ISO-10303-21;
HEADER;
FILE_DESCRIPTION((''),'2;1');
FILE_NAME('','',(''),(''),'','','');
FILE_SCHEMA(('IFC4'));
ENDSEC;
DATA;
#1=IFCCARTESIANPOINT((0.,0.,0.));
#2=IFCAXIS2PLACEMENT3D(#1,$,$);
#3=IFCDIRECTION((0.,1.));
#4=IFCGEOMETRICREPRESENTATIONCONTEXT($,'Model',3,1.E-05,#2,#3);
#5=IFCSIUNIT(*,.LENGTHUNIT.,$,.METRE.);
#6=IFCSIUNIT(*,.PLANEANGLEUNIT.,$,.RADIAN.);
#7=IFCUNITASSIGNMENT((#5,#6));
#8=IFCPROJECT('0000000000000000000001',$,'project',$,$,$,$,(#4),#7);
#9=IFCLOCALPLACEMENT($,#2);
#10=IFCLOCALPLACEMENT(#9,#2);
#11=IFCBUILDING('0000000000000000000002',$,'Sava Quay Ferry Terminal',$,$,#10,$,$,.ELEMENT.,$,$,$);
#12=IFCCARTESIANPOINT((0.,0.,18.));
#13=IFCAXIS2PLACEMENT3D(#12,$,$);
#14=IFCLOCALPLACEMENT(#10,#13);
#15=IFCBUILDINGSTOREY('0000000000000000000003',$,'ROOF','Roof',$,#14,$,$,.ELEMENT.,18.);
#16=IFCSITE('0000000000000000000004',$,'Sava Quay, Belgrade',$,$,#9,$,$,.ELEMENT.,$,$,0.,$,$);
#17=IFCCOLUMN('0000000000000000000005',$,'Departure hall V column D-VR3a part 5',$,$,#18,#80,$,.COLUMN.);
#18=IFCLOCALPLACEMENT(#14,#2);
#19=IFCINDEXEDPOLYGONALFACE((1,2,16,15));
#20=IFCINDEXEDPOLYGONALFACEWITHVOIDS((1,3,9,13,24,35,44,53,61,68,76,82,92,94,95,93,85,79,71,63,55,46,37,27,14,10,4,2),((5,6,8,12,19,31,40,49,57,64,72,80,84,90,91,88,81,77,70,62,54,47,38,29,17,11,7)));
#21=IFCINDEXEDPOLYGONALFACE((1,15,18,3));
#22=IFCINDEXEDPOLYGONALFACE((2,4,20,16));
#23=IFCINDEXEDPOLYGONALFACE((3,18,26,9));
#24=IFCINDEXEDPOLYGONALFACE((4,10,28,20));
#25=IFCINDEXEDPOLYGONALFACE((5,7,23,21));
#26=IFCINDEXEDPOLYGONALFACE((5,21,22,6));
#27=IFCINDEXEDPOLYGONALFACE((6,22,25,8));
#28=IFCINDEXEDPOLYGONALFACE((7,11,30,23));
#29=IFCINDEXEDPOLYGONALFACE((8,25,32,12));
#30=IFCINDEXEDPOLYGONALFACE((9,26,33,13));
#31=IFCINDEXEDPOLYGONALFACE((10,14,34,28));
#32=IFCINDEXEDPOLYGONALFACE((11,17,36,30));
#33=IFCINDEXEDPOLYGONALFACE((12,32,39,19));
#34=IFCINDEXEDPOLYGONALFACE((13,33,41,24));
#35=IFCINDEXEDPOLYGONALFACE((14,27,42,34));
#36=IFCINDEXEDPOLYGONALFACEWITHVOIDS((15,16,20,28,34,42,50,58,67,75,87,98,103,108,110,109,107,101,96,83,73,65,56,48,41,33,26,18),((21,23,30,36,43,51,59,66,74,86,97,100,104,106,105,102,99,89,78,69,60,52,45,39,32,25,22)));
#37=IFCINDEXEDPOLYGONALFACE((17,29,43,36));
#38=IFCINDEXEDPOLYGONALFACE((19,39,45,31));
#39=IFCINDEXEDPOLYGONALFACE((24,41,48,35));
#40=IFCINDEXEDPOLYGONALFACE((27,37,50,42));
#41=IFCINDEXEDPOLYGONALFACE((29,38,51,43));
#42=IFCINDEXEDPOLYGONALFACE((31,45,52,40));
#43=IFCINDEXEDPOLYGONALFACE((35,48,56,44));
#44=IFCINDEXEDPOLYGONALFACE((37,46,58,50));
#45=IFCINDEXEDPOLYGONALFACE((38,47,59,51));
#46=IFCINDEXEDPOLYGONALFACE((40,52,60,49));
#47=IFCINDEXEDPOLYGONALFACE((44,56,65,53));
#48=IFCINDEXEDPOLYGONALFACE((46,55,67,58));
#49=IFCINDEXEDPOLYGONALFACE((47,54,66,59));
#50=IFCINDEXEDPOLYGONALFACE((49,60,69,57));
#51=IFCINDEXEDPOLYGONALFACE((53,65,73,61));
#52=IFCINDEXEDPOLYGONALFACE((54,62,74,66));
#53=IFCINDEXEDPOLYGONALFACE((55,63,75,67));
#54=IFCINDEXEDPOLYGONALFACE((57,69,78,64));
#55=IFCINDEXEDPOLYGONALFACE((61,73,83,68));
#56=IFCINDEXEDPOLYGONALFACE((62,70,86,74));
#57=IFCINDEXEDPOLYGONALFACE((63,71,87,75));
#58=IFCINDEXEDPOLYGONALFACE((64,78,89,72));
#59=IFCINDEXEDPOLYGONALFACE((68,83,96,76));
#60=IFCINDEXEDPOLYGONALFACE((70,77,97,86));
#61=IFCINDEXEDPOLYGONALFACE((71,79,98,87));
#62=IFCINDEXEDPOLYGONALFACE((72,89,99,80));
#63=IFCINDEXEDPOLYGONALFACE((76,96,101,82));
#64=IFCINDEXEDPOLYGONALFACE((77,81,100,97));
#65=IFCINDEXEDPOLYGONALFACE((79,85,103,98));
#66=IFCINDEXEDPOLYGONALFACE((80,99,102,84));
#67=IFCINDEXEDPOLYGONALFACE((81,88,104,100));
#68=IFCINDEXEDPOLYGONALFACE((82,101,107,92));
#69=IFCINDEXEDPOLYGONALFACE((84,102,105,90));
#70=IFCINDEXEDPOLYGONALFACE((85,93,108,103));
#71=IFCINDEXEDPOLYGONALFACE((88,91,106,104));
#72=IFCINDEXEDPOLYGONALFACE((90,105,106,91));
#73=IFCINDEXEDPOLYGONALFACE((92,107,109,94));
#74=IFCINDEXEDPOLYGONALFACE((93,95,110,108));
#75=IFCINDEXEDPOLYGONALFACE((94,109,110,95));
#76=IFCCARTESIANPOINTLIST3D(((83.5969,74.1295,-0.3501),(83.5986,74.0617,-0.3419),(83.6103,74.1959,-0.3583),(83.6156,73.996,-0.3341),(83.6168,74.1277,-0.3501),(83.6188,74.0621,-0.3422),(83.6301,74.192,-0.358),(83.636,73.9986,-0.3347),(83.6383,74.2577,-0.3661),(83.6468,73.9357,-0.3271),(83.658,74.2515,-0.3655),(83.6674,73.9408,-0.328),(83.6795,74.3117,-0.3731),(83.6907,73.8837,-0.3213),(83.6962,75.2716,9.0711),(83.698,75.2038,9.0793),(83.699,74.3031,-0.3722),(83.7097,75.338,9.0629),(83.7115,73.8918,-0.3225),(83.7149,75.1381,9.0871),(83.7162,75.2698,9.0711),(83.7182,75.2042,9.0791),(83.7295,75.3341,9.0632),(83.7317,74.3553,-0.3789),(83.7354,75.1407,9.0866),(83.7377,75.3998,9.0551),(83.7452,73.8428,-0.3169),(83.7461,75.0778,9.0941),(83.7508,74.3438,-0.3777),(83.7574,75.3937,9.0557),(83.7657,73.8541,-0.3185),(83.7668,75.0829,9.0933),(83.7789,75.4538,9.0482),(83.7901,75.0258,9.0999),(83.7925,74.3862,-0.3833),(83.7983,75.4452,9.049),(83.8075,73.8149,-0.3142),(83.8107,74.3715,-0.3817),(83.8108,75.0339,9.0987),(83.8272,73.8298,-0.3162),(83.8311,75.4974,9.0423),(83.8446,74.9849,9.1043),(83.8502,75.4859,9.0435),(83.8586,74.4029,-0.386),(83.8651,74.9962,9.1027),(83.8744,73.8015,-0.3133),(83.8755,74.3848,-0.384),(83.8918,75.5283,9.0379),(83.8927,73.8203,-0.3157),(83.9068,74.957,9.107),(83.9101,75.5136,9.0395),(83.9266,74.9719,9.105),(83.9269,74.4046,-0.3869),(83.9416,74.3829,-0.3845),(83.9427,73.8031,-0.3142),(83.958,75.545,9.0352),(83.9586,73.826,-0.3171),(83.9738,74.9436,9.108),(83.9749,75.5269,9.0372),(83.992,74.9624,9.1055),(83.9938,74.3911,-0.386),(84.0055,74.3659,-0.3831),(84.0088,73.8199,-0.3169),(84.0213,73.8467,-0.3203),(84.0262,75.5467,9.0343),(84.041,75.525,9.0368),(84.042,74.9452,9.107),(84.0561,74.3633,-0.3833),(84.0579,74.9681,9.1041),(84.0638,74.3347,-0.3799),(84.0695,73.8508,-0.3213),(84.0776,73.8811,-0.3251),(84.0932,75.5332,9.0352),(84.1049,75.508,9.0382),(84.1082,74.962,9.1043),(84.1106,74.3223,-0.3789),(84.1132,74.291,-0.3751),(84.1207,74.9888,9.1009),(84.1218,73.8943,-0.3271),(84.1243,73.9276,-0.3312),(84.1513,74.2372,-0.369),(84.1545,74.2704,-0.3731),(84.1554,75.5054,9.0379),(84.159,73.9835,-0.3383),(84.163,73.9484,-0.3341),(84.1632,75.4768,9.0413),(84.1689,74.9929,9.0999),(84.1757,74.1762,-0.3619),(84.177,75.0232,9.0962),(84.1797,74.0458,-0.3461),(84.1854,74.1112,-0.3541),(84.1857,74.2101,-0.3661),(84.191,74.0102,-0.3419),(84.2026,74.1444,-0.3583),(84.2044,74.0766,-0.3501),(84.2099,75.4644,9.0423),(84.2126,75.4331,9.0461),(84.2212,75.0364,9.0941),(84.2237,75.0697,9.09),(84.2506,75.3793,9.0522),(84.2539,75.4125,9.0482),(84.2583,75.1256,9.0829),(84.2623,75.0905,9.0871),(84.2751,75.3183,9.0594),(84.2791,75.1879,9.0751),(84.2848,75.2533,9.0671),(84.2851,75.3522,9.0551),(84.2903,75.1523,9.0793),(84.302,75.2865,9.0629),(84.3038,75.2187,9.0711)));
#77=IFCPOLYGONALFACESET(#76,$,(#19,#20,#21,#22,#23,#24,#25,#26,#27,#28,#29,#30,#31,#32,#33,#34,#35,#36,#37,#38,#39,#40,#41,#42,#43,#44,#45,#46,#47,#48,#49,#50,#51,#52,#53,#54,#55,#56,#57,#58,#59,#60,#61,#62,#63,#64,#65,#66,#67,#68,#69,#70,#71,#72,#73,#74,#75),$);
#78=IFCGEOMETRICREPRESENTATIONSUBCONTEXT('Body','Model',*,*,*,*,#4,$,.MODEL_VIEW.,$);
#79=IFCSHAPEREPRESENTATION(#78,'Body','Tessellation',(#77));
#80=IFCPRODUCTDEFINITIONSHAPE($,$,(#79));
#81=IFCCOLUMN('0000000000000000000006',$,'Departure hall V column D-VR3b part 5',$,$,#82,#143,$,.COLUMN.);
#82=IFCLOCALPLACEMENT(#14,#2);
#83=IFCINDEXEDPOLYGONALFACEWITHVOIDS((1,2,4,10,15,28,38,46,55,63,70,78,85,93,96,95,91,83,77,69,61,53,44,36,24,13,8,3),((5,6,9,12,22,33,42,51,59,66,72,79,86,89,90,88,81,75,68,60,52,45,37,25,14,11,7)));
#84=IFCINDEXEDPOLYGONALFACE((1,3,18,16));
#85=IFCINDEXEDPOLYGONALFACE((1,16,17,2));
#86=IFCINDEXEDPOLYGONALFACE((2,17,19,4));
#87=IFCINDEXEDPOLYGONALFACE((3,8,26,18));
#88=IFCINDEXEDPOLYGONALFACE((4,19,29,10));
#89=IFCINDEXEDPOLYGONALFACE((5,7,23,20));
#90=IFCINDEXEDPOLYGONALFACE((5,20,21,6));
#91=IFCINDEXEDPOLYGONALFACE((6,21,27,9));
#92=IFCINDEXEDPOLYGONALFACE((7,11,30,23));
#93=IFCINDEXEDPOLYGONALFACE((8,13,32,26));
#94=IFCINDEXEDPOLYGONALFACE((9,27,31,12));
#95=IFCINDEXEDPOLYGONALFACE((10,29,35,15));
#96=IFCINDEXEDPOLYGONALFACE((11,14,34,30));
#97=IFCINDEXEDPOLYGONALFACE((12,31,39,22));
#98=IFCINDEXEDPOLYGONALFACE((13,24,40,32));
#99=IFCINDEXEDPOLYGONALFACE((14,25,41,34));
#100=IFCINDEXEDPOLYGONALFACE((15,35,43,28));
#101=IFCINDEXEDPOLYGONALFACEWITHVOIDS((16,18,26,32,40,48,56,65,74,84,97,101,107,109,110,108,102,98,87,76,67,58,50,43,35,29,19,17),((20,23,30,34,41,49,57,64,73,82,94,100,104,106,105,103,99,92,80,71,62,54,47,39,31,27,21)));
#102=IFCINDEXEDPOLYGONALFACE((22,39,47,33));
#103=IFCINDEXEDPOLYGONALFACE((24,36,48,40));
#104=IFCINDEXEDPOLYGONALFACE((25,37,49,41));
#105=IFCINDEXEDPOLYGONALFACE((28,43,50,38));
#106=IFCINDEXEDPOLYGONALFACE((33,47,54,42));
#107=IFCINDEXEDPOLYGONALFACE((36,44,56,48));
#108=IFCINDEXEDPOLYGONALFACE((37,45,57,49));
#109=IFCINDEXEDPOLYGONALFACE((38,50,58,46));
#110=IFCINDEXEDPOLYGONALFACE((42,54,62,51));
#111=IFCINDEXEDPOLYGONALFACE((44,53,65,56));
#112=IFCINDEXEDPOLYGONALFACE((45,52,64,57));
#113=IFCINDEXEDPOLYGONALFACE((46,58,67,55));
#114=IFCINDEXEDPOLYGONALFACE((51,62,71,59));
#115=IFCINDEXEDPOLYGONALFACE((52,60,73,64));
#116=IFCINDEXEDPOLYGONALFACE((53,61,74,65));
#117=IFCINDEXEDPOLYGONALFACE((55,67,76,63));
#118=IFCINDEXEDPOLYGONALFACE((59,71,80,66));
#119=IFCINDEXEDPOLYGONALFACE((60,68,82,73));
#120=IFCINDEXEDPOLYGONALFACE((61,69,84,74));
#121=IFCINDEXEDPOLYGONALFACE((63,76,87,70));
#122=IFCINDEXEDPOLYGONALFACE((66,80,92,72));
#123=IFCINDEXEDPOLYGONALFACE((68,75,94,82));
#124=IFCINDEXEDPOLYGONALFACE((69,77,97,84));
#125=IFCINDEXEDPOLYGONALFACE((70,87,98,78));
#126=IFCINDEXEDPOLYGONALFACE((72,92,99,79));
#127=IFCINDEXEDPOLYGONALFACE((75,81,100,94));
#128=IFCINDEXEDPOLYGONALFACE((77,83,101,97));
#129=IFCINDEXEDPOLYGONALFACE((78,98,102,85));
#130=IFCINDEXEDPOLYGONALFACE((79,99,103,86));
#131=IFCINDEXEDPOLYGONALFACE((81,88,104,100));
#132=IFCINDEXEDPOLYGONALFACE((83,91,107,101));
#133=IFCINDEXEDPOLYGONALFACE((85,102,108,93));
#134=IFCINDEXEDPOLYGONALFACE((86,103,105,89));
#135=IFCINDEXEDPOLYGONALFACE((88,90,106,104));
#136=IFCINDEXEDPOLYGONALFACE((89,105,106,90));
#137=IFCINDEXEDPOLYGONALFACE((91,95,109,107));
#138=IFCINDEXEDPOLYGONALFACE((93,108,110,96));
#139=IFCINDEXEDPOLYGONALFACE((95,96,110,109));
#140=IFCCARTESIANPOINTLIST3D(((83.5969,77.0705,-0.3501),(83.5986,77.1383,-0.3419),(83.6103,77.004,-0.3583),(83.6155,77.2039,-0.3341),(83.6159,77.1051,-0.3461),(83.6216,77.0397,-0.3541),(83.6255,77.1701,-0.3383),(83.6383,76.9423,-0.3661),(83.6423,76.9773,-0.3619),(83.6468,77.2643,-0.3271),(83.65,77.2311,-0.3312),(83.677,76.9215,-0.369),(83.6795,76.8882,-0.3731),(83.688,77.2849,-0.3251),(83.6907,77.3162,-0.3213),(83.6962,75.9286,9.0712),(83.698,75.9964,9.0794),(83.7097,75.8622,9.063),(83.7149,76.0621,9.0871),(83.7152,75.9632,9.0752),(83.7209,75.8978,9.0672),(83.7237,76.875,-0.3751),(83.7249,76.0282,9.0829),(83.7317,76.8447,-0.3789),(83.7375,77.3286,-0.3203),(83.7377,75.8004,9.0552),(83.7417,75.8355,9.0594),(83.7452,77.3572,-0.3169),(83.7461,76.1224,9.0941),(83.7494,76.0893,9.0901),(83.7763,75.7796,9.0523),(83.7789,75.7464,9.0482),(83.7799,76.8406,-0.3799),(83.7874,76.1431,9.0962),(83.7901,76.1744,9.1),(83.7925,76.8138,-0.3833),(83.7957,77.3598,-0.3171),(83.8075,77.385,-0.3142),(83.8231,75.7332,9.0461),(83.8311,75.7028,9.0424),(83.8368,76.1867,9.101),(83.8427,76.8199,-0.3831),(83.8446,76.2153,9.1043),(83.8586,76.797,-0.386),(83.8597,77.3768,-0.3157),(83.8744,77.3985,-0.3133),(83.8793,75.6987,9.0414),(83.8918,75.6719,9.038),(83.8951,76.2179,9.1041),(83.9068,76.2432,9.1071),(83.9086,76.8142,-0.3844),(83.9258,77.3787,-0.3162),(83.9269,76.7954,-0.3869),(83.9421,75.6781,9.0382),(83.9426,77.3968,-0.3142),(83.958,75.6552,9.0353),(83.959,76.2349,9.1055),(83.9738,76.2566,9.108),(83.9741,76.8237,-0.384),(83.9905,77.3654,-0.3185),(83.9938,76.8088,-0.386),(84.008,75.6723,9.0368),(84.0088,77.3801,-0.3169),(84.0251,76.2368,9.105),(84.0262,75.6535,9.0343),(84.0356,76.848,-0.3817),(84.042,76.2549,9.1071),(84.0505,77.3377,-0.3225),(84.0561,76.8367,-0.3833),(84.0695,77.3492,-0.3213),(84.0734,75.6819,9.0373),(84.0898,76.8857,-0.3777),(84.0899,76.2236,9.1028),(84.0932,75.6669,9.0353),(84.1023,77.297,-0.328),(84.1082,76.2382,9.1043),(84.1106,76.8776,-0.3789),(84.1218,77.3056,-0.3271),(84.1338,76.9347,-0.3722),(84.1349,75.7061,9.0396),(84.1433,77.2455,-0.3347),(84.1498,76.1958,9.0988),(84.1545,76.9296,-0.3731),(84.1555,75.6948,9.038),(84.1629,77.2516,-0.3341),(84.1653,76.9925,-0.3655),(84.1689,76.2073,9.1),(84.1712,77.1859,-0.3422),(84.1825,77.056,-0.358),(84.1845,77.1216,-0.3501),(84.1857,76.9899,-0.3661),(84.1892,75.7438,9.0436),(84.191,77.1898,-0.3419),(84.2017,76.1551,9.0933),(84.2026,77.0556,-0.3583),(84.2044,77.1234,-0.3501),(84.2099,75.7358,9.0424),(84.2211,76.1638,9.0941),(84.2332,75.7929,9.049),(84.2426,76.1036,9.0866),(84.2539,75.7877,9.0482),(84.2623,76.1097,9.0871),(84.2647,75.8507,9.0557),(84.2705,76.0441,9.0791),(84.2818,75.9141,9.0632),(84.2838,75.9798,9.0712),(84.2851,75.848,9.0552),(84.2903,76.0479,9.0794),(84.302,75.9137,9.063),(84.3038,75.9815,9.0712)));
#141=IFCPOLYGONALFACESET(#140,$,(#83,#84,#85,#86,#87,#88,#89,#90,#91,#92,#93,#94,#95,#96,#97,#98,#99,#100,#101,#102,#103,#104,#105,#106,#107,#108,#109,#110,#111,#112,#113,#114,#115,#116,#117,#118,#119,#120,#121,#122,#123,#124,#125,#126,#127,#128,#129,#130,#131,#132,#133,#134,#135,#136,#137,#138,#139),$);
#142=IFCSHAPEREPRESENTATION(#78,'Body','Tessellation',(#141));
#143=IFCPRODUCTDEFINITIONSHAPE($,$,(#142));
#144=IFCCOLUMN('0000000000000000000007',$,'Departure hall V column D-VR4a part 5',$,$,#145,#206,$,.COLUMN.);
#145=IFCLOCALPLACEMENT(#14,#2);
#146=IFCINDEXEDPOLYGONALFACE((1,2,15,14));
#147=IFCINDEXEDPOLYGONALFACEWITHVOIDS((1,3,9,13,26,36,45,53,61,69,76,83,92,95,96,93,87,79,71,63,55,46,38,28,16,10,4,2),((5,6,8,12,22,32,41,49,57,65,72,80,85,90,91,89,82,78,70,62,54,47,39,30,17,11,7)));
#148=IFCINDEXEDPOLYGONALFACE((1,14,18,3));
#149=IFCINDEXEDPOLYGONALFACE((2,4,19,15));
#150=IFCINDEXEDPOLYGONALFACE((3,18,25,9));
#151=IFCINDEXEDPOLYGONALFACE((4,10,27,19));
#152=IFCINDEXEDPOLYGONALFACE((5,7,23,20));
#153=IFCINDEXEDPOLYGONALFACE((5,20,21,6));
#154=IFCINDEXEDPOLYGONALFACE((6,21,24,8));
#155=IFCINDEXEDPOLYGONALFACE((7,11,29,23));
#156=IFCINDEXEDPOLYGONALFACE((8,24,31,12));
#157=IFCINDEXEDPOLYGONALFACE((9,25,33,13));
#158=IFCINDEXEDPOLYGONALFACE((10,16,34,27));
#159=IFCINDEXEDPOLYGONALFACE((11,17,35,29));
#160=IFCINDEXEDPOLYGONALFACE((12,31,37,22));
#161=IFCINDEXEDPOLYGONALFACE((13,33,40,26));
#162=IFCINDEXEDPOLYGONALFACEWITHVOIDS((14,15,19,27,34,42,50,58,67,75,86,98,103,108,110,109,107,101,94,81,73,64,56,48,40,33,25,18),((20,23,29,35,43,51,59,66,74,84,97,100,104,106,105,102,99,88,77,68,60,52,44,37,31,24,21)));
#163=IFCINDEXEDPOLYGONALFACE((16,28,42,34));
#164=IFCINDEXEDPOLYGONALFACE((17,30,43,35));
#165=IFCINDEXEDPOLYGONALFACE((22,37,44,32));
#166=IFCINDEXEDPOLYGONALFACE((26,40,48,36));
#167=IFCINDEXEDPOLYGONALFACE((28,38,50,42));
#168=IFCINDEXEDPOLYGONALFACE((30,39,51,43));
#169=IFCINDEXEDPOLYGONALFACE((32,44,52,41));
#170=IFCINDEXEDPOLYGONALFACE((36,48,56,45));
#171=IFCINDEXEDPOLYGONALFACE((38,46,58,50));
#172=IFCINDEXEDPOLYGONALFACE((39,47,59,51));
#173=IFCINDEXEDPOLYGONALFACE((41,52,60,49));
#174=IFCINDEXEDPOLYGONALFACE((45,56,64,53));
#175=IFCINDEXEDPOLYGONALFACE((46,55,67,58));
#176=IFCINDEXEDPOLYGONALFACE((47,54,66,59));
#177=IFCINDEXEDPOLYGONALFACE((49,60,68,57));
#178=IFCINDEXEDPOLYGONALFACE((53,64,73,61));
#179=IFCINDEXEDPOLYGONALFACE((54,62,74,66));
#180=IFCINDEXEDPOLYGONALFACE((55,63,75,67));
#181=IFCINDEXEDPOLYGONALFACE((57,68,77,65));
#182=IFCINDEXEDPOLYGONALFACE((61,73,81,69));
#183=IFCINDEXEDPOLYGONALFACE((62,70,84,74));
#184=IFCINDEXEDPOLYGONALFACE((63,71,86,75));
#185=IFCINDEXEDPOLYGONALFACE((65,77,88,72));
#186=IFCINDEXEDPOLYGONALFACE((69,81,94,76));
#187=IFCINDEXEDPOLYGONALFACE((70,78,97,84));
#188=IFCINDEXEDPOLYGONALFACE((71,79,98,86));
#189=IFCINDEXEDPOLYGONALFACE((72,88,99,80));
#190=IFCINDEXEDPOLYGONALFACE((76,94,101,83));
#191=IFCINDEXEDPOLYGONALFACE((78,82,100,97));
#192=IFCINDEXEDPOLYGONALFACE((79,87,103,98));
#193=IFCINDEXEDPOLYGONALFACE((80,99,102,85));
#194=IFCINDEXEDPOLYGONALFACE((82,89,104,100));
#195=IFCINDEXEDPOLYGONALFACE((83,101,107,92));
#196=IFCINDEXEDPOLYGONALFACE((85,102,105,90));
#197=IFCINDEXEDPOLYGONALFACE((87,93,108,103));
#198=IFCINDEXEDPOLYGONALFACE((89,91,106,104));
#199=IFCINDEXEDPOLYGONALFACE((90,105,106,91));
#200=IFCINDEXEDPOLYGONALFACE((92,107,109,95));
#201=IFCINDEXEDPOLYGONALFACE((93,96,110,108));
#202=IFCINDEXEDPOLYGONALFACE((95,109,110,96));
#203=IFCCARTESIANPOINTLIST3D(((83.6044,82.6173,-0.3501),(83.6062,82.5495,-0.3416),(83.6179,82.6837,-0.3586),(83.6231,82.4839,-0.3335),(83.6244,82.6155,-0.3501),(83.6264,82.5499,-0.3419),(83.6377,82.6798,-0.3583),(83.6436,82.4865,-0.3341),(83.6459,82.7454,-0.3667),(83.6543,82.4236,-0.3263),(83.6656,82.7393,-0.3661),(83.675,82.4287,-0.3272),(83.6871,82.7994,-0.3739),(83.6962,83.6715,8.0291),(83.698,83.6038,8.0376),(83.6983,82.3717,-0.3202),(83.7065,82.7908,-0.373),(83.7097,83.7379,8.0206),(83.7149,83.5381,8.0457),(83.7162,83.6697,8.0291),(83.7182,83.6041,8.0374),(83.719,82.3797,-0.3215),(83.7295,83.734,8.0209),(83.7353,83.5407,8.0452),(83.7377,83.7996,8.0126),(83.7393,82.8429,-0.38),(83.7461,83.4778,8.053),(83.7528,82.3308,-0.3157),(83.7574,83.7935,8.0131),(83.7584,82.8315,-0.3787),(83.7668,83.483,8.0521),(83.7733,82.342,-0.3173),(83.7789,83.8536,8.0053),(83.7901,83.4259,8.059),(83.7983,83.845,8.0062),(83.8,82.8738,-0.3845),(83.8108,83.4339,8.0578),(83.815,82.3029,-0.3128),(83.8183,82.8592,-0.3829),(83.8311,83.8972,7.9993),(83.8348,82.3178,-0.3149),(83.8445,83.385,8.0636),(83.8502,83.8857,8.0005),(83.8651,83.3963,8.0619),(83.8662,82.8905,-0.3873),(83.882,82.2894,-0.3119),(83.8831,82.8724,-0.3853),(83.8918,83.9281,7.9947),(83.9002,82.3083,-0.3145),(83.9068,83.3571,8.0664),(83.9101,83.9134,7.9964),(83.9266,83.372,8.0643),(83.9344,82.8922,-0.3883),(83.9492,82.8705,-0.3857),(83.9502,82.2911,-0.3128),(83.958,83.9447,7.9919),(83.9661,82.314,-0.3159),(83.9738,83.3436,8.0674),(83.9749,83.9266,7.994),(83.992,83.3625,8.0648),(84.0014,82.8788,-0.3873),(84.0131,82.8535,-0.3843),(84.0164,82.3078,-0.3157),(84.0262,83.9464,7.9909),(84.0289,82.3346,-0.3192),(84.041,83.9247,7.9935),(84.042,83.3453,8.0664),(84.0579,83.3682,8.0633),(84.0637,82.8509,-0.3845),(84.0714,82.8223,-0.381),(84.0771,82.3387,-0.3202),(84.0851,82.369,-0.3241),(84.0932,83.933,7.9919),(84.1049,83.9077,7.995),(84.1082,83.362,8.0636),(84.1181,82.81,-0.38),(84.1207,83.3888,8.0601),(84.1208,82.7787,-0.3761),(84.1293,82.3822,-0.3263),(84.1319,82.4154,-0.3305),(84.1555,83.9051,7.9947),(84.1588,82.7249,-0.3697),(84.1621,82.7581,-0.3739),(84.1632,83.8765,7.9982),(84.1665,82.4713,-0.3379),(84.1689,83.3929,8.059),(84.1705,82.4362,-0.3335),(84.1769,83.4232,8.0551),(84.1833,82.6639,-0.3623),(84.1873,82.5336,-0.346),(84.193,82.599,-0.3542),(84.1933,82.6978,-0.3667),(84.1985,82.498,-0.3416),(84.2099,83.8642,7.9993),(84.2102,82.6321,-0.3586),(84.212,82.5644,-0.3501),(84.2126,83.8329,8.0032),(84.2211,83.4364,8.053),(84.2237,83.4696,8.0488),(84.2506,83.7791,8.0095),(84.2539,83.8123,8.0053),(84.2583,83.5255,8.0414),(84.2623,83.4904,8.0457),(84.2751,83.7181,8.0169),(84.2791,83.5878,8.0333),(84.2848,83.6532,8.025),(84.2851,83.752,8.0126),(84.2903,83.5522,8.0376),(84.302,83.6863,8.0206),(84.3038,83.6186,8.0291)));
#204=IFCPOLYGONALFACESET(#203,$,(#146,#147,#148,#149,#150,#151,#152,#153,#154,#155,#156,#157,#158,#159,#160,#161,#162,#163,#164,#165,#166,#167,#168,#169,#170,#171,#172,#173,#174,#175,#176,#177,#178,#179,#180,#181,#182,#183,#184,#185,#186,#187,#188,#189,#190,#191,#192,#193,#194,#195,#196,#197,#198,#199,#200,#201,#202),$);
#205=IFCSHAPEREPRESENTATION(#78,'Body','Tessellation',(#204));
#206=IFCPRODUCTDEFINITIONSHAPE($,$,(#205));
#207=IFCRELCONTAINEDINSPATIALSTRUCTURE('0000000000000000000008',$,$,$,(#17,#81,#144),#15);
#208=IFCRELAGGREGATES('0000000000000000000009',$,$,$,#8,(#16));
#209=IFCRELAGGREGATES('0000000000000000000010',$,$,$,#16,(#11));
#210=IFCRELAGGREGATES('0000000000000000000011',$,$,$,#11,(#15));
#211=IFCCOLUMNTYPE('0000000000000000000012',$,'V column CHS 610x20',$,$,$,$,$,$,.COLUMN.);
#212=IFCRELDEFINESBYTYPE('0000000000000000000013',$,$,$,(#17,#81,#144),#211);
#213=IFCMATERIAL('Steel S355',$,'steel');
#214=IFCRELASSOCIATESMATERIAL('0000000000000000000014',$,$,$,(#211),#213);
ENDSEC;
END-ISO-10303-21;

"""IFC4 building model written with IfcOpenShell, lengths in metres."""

from ifc_helpers import new_model, si_unit, direction, frame, origin, origin_2d, place, context, subcontext, project, spatial, hollow_circle, extrude, material, material_profile, profile_set, type_object, element, save


model = new_model("IFC4")

# Units and contexts
model_context = context("Model", 3, precision=1e-05, world=origin(), true_north=direction((0.0, 1.0)))
body_context = subcontext(model_context, "Body", "Model", "MODEL_VIEW")
ifc_project = project(units=[si_unit("LENGTHUNIT", "METRE"), si_unit("PLANEANGLEUNIT", "RADIAN")], contexts=[model_context])

# Site, building, storey
site_placement = place(None, origin())
site = spatial("IfcSite", under=ifc_project, at=site_placement, Name="Sava Quay, Belgrade", CompositionType="ELEMENT", RefElevation=0.0)
building_placement = place(site_placement, origin())
building = spatial("IfcBuilding", under=site, at=building_placement, Name="Sava Quay Ferry Terminal", CompositionType="ELEMENT")
storey_placement = place(building_placement, frame((0.0, 0.0, 18.0)))
storey = spatial("IfcBuildingStorey", under=building, at=storey_placement, Name="ROOF", Description="Roof", CompositionType="ELEMENT", Elevation=18.0)

# Columns
ifc_material_1 = material(Name="Steel S355", Category="steel")
ifc_material_profile = material_profile(ifc_material_1, hollow_circle(Radius=0.3049, WallThickness=0.02, at=origin_2d()), Name="CHS 610 x 20.0")
ifc_profile_set = profile_set([ifc_material_profile], Name="Steel S355")
column_type = type_object("IfcColumnType", Name="V column CHS 610x20", PredefinedType="COLUMN", material=ifc_profile_set)
for number, where, z_axis, x_axis, name in (
    (1, (83.9006, 74.103, -0.3501), (0.01047, 0.120339, 0.992678), (-0.996237, 0.086676, 0.0), "Departure hall V column D-VR3a part 5"),
    (2, (83.9006, 77.0969, -0.3501), (0.01047, -0.120313, 0.992681), (0.996235, 0.086694, 0.0), "Departure hall V column D-VR3b part 5"),
):
    element("IfcColumn", number, at=place(storey_placement, frame(where, z_axis=z_axis, x_axis=x_axis)), inside=storey, type_object=column_type, Name=name, PredefinedType="COLUMN", context=body_context, shape_type="SweptSolid", body=[
        extrude(hollow_circle(Radius=0.3049, WallThickness=0.02, at=origin_2d()), origin(), (0.0, 0.0, 1.0), 9.4907),
    ])
for number, where, z_axis, x_axis, name in (
    (3, (83.9082, 82.5908, -0.3501), (0.010869, 0.124821, 0.99212), (-0.99623, 0.086749, 0.0), "Departure hall V column D-VR4a part 5"),
):
    element("IfcColumn", number, at=place(storey_placement, frame(where, z_axis=z_axis, x_axis=x_axis)), inside=storey, type_object=column_type, Name=name, PredefinedType="COLUMN", context=body_context, shape_type="SweptSolid", body=[
        extrude(hollow_circle(Radius=0.3049, WallThickness=0.02, at=origin_2d()), origin(), (0.0, 0.0, 1.0), 8.4458),
    ])

save(model, "model.ifc")
